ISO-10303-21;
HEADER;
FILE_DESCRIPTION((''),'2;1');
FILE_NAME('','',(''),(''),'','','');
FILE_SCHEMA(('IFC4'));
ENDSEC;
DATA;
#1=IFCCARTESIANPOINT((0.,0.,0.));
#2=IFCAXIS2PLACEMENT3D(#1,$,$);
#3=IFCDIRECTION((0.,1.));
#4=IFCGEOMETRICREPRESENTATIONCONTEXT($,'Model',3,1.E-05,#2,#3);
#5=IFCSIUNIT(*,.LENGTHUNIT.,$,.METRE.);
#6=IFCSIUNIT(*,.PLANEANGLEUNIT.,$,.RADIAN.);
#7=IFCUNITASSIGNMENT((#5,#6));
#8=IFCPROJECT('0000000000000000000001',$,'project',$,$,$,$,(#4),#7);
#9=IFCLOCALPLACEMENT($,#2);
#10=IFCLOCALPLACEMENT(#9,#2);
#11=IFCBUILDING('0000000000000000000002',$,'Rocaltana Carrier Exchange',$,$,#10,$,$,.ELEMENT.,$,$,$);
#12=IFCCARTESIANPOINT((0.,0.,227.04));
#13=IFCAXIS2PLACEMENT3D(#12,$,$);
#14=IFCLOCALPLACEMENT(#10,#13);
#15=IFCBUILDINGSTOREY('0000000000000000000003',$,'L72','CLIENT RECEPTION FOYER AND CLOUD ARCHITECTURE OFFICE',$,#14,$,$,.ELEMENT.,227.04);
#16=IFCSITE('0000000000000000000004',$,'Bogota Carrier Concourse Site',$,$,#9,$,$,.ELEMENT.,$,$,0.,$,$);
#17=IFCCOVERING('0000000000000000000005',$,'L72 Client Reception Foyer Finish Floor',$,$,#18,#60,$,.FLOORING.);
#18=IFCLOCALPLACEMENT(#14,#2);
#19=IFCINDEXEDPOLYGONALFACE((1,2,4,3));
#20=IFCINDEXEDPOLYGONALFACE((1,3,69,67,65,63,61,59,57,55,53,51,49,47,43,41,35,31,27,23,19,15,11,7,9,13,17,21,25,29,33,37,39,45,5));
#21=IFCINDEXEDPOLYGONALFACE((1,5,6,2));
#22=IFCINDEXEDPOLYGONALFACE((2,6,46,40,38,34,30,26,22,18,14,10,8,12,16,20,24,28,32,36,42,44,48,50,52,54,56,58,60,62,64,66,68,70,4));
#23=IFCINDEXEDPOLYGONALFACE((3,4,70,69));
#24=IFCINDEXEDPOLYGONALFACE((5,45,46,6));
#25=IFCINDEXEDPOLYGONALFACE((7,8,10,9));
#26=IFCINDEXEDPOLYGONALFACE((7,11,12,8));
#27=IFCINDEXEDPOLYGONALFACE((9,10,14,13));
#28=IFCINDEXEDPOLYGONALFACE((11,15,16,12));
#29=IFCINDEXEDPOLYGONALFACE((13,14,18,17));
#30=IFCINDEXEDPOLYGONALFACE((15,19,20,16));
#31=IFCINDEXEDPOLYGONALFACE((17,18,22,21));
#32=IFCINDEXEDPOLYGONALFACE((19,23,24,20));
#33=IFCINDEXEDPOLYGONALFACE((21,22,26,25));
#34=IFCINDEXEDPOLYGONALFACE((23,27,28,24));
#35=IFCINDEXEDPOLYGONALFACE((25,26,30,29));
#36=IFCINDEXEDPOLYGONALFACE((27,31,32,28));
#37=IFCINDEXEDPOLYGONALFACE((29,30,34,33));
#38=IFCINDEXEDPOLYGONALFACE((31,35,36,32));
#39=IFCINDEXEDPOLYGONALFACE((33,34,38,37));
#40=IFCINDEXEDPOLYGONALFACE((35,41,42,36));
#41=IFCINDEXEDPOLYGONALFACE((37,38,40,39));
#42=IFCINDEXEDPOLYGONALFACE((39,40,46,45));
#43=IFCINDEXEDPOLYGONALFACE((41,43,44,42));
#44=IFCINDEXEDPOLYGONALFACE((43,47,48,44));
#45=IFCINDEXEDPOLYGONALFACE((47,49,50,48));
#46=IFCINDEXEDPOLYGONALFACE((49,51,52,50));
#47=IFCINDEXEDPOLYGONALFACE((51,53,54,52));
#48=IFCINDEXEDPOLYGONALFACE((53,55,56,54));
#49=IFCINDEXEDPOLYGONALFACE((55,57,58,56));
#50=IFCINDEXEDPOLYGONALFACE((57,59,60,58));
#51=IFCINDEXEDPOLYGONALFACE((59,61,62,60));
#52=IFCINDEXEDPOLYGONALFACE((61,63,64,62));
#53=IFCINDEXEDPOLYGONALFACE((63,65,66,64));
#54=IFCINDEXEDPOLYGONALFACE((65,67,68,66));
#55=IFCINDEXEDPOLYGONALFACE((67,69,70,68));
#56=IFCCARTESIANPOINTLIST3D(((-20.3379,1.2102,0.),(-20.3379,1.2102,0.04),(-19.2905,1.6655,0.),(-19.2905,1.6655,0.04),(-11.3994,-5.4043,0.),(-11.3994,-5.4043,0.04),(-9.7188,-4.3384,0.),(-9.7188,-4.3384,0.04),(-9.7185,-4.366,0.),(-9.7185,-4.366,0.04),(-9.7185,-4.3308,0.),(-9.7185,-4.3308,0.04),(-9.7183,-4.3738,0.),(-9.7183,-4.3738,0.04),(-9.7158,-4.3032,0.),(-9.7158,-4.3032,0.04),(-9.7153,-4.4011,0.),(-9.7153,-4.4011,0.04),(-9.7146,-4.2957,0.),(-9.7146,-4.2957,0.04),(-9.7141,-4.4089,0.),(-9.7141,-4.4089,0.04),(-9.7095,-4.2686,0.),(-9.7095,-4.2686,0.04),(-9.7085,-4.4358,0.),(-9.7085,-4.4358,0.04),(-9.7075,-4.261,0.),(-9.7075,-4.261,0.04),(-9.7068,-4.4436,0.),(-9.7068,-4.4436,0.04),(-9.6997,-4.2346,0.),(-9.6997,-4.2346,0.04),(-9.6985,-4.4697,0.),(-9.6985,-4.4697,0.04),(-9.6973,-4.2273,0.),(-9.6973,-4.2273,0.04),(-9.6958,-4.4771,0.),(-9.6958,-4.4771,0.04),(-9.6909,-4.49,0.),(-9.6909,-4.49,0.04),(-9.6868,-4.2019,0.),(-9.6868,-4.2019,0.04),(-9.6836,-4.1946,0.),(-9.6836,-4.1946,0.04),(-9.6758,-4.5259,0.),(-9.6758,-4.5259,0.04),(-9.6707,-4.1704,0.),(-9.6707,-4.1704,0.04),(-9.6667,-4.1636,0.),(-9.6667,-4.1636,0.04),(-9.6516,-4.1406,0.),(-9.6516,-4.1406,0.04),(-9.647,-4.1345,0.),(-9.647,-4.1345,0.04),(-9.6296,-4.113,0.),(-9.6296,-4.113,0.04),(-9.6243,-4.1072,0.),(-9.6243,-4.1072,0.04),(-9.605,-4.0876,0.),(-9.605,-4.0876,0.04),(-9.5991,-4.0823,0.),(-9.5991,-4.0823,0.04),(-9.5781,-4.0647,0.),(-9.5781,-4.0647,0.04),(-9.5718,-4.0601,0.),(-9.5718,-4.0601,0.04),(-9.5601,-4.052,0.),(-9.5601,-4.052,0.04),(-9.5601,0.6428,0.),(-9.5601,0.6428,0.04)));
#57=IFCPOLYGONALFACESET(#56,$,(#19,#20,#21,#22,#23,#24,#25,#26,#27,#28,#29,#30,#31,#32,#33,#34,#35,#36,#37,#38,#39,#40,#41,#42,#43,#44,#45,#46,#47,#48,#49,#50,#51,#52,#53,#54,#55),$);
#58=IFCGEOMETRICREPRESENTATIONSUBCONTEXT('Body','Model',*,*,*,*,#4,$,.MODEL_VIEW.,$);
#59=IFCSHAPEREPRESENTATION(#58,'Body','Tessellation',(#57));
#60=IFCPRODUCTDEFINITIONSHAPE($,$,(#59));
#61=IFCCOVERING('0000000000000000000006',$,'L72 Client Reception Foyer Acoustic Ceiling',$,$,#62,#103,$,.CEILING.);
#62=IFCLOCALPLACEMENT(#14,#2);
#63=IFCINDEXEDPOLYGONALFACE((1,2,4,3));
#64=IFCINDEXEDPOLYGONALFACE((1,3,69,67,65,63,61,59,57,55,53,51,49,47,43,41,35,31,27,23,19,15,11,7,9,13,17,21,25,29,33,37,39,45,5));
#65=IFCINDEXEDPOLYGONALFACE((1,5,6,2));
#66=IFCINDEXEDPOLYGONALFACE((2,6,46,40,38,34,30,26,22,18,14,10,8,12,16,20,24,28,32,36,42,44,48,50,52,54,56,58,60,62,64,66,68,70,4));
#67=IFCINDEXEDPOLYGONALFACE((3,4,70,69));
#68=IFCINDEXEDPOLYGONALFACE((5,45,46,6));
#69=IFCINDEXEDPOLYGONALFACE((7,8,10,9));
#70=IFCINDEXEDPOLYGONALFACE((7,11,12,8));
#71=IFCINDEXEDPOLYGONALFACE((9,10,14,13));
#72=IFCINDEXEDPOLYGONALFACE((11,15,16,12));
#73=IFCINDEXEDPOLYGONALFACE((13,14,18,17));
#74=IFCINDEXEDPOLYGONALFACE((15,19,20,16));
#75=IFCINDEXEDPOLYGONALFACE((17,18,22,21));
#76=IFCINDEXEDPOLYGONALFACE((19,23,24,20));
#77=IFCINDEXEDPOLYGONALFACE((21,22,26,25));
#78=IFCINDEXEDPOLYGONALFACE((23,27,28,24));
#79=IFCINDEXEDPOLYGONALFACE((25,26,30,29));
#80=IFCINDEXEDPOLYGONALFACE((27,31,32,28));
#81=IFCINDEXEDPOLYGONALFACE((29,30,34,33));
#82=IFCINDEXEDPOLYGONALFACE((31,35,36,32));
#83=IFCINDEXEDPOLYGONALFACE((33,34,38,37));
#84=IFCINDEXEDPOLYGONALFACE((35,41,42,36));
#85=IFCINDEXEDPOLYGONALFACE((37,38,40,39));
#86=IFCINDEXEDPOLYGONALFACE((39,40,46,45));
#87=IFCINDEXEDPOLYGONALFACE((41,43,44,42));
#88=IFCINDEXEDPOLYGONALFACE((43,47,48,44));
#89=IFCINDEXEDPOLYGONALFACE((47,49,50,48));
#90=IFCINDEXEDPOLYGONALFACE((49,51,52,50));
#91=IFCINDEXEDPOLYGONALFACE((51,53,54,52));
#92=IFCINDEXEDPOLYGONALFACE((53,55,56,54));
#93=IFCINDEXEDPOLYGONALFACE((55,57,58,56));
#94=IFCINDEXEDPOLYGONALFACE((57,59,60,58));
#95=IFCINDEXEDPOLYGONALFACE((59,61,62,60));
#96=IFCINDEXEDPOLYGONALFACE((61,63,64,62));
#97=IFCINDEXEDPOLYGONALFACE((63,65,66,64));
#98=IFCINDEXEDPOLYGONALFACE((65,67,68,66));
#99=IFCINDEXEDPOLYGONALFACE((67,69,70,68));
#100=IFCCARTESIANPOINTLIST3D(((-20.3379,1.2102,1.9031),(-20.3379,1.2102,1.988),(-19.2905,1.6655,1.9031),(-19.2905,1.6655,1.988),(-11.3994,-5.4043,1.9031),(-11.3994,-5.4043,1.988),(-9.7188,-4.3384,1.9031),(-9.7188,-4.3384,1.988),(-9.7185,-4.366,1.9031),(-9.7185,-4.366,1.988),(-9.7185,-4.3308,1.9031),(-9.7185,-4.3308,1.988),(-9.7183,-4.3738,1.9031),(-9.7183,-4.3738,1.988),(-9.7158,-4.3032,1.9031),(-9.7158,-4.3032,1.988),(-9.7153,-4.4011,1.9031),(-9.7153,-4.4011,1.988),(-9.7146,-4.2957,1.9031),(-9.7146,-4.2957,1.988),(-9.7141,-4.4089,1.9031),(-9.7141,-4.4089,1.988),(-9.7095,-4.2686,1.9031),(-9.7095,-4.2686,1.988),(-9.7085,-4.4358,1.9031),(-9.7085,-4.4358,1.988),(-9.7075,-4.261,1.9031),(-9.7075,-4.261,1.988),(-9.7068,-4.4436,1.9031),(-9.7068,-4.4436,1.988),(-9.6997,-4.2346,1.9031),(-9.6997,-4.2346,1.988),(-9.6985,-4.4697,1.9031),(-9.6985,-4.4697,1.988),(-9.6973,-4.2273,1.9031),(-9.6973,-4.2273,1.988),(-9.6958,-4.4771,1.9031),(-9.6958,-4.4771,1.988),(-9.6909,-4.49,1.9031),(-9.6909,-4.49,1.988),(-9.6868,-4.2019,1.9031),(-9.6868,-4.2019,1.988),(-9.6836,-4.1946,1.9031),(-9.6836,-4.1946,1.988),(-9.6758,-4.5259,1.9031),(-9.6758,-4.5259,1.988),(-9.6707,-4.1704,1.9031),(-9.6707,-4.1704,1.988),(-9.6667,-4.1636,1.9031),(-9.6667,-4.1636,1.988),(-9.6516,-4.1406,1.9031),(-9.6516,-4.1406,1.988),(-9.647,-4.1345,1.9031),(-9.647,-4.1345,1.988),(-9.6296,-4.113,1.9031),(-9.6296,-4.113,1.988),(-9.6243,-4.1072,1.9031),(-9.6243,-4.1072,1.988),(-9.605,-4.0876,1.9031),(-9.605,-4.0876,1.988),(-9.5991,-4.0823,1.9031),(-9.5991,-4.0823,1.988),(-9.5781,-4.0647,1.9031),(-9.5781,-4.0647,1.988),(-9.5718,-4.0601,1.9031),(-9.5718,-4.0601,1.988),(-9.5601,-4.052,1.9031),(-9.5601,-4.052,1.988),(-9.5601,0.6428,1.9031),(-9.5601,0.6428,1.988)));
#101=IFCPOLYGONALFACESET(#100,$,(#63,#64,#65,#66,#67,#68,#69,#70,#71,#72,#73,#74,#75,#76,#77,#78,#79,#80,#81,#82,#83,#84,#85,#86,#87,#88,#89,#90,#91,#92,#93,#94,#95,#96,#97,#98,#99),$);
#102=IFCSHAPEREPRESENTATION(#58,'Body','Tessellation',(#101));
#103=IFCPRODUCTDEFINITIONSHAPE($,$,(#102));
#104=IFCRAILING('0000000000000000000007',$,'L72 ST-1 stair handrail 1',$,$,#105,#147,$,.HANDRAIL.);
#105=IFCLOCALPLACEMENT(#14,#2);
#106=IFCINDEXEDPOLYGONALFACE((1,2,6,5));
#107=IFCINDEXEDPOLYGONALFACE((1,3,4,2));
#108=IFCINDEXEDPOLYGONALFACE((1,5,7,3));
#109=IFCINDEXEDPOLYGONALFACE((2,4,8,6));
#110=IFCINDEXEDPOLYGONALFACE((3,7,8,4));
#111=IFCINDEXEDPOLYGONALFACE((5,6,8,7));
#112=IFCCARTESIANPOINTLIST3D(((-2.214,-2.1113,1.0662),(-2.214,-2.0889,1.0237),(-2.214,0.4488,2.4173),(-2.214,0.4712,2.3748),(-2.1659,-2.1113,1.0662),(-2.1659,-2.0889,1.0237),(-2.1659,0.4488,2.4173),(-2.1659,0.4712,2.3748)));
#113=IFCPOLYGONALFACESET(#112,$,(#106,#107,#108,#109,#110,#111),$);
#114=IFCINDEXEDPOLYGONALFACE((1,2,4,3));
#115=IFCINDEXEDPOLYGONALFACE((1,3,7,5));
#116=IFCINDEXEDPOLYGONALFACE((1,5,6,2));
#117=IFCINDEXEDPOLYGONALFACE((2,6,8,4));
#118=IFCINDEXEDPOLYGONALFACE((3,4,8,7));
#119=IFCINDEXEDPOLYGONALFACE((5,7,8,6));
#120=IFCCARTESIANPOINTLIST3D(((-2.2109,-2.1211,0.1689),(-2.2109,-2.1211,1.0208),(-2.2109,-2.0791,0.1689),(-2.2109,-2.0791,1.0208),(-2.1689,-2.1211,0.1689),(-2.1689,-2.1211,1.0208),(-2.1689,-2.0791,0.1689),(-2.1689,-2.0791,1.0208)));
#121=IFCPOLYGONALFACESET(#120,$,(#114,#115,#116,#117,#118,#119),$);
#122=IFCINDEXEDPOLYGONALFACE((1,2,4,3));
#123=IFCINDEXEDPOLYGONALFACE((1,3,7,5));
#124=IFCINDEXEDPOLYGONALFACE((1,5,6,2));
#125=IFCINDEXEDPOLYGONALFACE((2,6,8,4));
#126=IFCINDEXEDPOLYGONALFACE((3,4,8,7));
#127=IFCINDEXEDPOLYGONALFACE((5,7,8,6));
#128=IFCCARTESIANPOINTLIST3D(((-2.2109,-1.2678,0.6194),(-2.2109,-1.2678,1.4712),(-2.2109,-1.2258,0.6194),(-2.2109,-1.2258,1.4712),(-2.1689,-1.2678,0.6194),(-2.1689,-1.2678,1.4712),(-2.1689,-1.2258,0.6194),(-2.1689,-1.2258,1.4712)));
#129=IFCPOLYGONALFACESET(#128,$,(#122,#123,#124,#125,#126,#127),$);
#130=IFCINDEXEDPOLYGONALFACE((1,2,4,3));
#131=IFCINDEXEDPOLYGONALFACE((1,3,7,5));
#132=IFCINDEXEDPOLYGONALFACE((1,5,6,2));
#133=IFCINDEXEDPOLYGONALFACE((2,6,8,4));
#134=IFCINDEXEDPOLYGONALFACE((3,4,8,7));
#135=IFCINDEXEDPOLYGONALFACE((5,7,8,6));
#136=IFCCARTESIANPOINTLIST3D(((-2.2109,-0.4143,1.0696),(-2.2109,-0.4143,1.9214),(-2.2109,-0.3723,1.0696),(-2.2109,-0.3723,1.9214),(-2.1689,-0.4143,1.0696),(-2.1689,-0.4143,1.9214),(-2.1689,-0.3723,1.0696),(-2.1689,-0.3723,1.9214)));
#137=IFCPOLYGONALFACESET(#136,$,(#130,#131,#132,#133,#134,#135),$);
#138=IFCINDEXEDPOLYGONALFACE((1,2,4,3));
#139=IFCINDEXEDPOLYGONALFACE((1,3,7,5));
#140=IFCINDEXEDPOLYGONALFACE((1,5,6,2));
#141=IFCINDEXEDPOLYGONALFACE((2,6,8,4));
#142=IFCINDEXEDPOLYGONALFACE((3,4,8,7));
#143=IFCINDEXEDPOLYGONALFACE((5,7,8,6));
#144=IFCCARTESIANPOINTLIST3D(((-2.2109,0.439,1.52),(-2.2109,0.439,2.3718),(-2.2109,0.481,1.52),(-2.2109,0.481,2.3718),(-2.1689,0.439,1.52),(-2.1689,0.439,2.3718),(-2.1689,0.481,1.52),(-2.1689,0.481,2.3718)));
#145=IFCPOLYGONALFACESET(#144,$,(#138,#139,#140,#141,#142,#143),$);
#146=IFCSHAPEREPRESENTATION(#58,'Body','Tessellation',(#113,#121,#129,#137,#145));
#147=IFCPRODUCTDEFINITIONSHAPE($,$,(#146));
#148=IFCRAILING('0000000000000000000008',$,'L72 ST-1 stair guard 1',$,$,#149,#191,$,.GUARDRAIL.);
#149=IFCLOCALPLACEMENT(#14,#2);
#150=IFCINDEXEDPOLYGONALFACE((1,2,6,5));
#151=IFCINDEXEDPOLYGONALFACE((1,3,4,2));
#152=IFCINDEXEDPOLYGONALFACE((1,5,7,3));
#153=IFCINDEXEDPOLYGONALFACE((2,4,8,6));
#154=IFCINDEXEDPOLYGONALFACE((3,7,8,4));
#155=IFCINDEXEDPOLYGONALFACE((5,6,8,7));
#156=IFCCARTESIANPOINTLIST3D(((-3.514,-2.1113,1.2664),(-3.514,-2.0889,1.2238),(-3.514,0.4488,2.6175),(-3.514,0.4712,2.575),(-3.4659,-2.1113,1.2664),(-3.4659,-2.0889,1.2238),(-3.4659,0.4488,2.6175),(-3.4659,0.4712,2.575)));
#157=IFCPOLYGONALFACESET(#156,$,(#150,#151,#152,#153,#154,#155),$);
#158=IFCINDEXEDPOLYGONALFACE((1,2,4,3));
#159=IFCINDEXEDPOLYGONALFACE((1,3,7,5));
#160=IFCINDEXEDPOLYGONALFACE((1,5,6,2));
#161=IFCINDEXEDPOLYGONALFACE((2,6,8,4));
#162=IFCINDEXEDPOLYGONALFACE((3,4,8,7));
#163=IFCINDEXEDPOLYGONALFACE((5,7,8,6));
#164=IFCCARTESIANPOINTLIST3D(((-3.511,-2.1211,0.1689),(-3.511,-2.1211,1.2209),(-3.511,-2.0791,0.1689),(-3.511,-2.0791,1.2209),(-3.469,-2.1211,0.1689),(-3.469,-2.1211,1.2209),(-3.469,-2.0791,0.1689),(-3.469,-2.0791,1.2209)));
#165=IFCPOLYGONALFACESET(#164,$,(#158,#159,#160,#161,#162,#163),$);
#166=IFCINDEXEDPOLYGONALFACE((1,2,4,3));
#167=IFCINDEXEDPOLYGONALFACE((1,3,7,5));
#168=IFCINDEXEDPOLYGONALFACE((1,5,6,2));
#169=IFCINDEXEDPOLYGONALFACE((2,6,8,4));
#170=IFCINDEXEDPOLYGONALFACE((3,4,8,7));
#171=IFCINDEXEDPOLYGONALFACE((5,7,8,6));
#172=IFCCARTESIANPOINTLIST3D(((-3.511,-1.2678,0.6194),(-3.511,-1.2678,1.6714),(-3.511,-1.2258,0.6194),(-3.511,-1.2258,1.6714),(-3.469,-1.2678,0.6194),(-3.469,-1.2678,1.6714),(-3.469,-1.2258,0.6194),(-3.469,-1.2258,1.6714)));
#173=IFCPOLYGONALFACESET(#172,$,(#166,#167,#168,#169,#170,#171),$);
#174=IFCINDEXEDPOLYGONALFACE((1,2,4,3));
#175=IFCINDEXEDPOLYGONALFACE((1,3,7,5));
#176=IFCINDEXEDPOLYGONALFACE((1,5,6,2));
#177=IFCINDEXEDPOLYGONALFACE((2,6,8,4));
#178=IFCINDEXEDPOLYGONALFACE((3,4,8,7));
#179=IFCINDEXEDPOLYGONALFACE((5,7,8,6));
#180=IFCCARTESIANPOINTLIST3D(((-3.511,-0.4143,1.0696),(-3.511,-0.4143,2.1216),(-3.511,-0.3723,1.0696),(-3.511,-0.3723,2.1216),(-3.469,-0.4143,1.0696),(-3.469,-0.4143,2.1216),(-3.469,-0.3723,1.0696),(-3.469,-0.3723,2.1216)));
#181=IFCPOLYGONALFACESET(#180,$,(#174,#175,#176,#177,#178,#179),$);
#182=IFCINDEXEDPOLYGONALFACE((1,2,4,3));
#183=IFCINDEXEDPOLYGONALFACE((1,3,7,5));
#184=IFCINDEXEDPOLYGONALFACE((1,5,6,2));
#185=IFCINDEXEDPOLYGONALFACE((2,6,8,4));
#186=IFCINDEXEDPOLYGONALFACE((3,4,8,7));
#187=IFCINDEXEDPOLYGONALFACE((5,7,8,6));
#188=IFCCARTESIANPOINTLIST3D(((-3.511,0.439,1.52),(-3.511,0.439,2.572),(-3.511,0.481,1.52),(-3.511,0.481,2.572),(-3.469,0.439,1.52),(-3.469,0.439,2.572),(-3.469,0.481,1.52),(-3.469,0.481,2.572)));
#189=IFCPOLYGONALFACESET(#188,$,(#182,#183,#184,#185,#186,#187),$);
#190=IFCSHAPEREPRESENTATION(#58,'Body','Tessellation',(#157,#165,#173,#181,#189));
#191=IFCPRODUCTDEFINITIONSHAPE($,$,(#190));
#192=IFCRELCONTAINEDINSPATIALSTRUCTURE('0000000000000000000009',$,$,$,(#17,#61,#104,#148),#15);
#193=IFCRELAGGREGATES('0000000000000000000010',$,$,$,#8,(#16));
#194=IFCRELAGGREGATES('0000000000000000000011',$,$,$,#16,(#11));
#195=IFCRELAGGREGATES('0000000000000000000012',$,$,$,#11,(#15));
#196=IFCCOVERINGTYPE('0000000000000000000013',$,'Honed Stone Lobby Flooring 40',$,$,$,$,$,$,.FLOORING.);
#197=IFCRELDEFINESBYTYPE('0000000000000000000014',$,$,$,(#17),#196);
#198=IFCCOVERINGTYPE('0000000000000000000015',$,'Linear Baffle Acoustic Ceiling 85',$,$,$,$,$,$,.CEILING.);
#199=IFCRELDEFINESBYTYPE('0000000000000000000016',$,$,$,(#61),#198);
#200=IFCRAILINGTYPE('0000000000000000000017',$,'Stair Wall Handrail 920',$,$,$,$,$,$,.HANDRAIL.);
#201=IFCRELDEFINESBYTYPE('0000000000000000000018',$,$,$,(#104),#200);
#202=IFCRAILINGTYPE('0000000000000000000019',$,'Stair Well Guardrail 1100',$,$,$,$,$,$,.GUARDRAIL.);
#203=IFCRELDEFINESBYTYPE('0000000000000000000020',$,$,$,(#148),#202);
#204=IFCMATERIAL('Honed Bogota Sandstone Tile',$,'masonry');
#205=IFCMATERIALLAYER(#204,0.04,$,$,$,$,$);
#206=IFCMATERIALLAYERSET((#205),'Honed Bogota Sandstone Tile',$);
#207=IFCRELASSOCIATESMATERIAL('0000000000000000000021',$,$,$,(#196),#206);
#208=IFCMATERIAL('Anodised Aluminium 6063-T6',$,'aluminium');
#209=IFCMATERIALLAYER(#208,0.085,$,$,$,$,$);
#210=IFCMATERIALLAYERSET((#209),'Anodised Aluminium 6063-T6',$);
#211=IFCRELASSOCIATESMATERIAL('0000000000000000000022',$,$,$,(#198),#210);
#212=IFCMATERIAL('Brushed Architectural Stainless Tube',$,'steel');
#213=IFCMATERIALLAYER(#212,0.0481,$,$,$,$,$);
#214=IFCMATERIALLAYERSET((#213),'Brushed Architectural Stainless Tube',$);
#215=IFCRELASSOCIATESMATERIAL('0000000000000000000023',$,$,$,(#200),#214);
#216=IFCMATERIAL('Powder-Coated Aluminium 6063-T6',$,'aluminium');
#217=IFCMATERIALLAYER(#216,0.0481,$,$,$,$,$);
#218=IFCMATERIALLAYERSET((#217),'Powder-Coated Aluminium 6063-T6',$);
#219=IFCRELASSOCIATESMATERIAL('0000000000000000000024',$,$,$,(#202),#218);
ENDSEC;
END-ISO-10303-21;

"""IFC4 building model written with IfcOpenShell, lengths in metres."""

from ifc_helpers import new_model, si_unit, direction, frame, origin, origin_2d, place, context, subcontext, project, spatial, polyline, rectangle, outline, extrude, material, layer, layer_set, type_object, element, save


model = new_model("IFC4")

# Units and contexts
model_context = context("Model", 3, precision=1e-05, world=origin(), true_north=direction((0.0, 1.0)))
body_context = subcontext(model_context, "Body", "Model", "MODEL_VIEW")
ifc_project = project(units=[si_unit("LENGTHUNIT", "METRE"), si_unit("PLANEANGLEUNIT", "RADIAN")], contexts=[model_context])

# Site, building, storey
site_placement = place(None, origin())
site = spatial("IfcSite", under=ifc_project, at=site_placement, Name="Bogota Carrier Concourse Site", CompositionType="ELEMENT", RefElevation=0.0)
building_placement = place(site_placement, origin())
building = spatial("IfcBuilding", under=site, at=building_placement, Name="Rocaltana Carrier Exchange", CompositionType="ELEMENT")
storey_placement = place(building_placement, frame((0.0, 0.0, 227.04)))
storey = spatial("IfcBuildingStorey", under=building, at=storey_placement, Name="L72", Description="CLIENT RECEPTION FOYER AND CLOUD ARCHITECTURE OFFICE", CompositionType="ELEMENT", Elevation=227.04)

# Coverings
ifc_material_1 = material(Name="Honed Bogota Sandstone Tile", Category="masonry")
ifc_layer_1 = layer(ifc_material_1, 0.04)
ifc_layer_set_1 = layer_set([ifc_layer_1], Name="Honed Bogota Sandstone Tile")
covering_type_1 = type_object("IfcCoveringType", Name="Honed Stone Lobby Flooring 40", PredefinedType="FLOORING", material=ifc_layer_set_1)
covering_1_placement = place(storey_placement, origin())
element("IfcCovering", 1, at=covering_1_placement, inside=storey, type_object=covering_type_1, Name="L72 Client Reception Foyer Finish Floor", PredefinedType="FLOORING", context=body_context, shape_type="SweptSolid", body=[
    extrude(outline(polyline([(-19.2905, 1.6655), (-9.5601, 0.6428), (-9.5601, -4.052), (-9.5718, -4.0601), (-9.5781, -4.0647), (-9.5991, -4.0823), (-9.605, -4.0876), (-9.6243, -4.1072), (-9.6296, -4.113), (-9.647, -4.1345), (-9.6516, -4.1406), (-9.6667, -4.1636), (-9.6707, -4.1704), (-9.6836, -4.1946), (-9.6868, -4.2019), (-9.6973, -4.2273), (-9.6997, -4.2346), (-9.7075, -4.261), (-9.7095, -4.2686), (-9.7146, -4.2957), (-9.7158, -4.3032), (-9.7185, -4.3308), (-9.7188, -4.3384), (-9.7185, -4.366), (-9.7183, -4.3738), (-9.7153, -4.4011), (-9.7141, -4.4089), (-9.7085, -4.4358), (-9.7068, -4.4436), (-9.6985, -4.4697), (-9.6958, -4.4771), (-9.6909, -4.49), (-9.6758, -4.5259), (-11.3994, -5.4043), (-20.3379, 1.2102), (-19.2905, 1.6655)])), origin(), (0.0, 0.0, 1.0), 0.04),
])
ifc_material_2 = material(Name="Anodised Aluminium 6063-T6", Category="aluminium")
ifc_layer_2 = layer(ifc_material_2, 0.085)
ifc_layer_set_2 = layer_set([ifc_layer_2], Name="Anodised Aluminium 6063-T6")
covering_type_2 = type_object("IfcCoveringType", Name="Linear Baffle Acoustic Ceiling 85", PredefinedType="CEILING", material=ifc_layer_set_2)
covering_2_placement = place(storey_placement, frame((0.0, 0.0, 1.9031)))
element("IfcCovering", 2, at=covering_2_placement, inside=storey, type_object=covering_type_2, Name="L72 Client Reception Foyer Acoustic Ceiling", PredefinedType="CEILING", context=body_context, shape_type="SweptSolid", body=[
    extrude(outline(polyline([(-19.2905, 1.6655), (-9.5601, 0.6428), (-9.5601, -4.052), (-9.5718, -4.0601), (-9.5781, -4.0647), (-9.5991, -4.0823), (-9.605, -4.0876), (-9.6243, -4.1072), (-9.6296, -4.113), (-9.647, -4.1345), (-9.6516, -4.1406), (-9.6667, -4.1636), (-9.6707, -4.1704), (-9.6836, -4.1946), (-9.6868, -4.2019), (-9.6973, -4.2273), (-9.6997, -4.2346), (-9.7075, -4.261), (-9.7095, -4.2686), (-9.7146, -4.2957), (-9.7158, -4.3032), (-9.7185, -4.3308), (-9.7188, -4.3384), (-9.7185, -4.366), (-9.7183, -4.3738), (-9.7153, -4.4011), (-9.7141, -4.4089), (-9.7085, -4.4358), (-9.7068, -4.4436), (-9.6985, -4.4697), (-9.6958, -4.4771), (-9.6909, -4.49), (-9.6758, -4.5259), (-11.3994, -5.4043), (-20.3379, 1.2102), (-19.2905, 1.6655)])), origin(), (0.0, 0.0, 1.0), 0.085),
])

# Railings
ifc_material_3 = material(Name="Brushed Architectural Stainless Tube", Category="steel")
ifc_layer_3 = layer(ifc_material_3, 0.0481)
ifc_layer_set_3 = layer_set([ifc_layer_3], Name="Brushed Architectural Stainless Tube")
railing_type_1 = type_object("IfcRailingType", Name="Stair Wall Handrail 920", PredefinedType="HANDRAIL", material=ifc_layer_set_3)
railing_1_placement = place(storey_placement, frame((-2.1899, -2.1001, 0.1689)))
element("IfcRailing", 3, at=railing_1_placement, inside=storey, type_object=railing_type_1, Name="L72 ST-1 stair handrail 1", PredefinedType="HANDRAIL", context=body_context, shape_type="SweptSolid", body=[
    extrude(rectangle(XDim=0.0481, YDim=0.0481, at=origin_2d()), frame((0.0, 0.0, 0.876), z_axis=(0.0, 0.884394, 0.46674), x_axis=(-1.0, 0.0, 0.0)), (0.0, 0.0, 1.0), 2.8948),
    extrude(rectangle(XDim=0.042, YDim=0.042, at=origin_2d()), origin(), (0.0, 0.0, 1.0), 0.8518),
    extrude(rectangle(XDim=0.042, YDim=0.042, at=origin_2d()), frame((0.0, 0.8533, 0.4504)), (0.0, 0.0, 1.0), 0.8518),
    extrude(rectangle(XDim=0.042, YDim=0.042, at=origin_2d()), frame((0.0, 1.7068, 0.9006)), (0.0, 0.0, 1.0), 0.8518),
    extrude(rectangle(XDim=0.042, YDim=0.042, at=origin_2d()), frame((0.0, 2.5601, 1.3511)), (0.0, 0.0, 1.0), 0.8518),
])
ifc_material_4 = material(Name="Powder-Coated Aluminium 6063-T6", Category="aluminium")
ifc_layer_4 = layer(ifc_material_4, 0.0481)
ifc_layer_set_4 = layer_set([ifc_layer_4], Name="Powder-Coated Aluminium 6063-T6")
railing_type_2 = type_object("IfcRailingType", Name="Stair Well Guardrail 1100", PredefinedType="GUARDRAIL", material=ifc_layer_set_4)
railing_2_placement = place(storey_placement, frame((-3.49, -2.1001, 0.1689)))
element("IfcRailing", 4, at=railing_2_placement, inside=storey, type_object=railing_type_2, Name="L72 ST-1 stair guard 1", PredefinedType="GUARDRAIL", context=body_context, shape_type="SweptSolid", body=[
    extrude(rectangle(XDim=0.0481, YDim=0.0481, at=origin_2d()), frame((0.0, 0.0, 1.0762), z_axis=(0.0, 0.884394, 0.46674), x_axis=(-1.0, 0.0, 0.0)), (0.0, 0.0, 1.0), 2.8948),
    extrude(rectangle(XDim=0.042, YDim=0.042, at=origin_2d()), origin(), (0.0, 0.0, 1.0), 1.052),
    extrude(rectangle(XDim=0.042, YDim=0.042, at=origin_2d()), frame((0.0, 0.8533, 0.4504)), (0.0, 0.0, 1.0), 1.052),
    extrude(rectangle(XDim=0.042, YDim=0.042, at=origin_2d()), frame((0.0, 1.7068, 0.9006)), (0.0, 0.0, 1.0), 1.052),
    extrude(rectangle(XDim=0.042, YDim=0.042, at=origin_2d()), frame((0.0, 2.5601, 1.3511)), (0.0, 0.0, 1.0), 1.052),
])

save(model, "model.ifc")
